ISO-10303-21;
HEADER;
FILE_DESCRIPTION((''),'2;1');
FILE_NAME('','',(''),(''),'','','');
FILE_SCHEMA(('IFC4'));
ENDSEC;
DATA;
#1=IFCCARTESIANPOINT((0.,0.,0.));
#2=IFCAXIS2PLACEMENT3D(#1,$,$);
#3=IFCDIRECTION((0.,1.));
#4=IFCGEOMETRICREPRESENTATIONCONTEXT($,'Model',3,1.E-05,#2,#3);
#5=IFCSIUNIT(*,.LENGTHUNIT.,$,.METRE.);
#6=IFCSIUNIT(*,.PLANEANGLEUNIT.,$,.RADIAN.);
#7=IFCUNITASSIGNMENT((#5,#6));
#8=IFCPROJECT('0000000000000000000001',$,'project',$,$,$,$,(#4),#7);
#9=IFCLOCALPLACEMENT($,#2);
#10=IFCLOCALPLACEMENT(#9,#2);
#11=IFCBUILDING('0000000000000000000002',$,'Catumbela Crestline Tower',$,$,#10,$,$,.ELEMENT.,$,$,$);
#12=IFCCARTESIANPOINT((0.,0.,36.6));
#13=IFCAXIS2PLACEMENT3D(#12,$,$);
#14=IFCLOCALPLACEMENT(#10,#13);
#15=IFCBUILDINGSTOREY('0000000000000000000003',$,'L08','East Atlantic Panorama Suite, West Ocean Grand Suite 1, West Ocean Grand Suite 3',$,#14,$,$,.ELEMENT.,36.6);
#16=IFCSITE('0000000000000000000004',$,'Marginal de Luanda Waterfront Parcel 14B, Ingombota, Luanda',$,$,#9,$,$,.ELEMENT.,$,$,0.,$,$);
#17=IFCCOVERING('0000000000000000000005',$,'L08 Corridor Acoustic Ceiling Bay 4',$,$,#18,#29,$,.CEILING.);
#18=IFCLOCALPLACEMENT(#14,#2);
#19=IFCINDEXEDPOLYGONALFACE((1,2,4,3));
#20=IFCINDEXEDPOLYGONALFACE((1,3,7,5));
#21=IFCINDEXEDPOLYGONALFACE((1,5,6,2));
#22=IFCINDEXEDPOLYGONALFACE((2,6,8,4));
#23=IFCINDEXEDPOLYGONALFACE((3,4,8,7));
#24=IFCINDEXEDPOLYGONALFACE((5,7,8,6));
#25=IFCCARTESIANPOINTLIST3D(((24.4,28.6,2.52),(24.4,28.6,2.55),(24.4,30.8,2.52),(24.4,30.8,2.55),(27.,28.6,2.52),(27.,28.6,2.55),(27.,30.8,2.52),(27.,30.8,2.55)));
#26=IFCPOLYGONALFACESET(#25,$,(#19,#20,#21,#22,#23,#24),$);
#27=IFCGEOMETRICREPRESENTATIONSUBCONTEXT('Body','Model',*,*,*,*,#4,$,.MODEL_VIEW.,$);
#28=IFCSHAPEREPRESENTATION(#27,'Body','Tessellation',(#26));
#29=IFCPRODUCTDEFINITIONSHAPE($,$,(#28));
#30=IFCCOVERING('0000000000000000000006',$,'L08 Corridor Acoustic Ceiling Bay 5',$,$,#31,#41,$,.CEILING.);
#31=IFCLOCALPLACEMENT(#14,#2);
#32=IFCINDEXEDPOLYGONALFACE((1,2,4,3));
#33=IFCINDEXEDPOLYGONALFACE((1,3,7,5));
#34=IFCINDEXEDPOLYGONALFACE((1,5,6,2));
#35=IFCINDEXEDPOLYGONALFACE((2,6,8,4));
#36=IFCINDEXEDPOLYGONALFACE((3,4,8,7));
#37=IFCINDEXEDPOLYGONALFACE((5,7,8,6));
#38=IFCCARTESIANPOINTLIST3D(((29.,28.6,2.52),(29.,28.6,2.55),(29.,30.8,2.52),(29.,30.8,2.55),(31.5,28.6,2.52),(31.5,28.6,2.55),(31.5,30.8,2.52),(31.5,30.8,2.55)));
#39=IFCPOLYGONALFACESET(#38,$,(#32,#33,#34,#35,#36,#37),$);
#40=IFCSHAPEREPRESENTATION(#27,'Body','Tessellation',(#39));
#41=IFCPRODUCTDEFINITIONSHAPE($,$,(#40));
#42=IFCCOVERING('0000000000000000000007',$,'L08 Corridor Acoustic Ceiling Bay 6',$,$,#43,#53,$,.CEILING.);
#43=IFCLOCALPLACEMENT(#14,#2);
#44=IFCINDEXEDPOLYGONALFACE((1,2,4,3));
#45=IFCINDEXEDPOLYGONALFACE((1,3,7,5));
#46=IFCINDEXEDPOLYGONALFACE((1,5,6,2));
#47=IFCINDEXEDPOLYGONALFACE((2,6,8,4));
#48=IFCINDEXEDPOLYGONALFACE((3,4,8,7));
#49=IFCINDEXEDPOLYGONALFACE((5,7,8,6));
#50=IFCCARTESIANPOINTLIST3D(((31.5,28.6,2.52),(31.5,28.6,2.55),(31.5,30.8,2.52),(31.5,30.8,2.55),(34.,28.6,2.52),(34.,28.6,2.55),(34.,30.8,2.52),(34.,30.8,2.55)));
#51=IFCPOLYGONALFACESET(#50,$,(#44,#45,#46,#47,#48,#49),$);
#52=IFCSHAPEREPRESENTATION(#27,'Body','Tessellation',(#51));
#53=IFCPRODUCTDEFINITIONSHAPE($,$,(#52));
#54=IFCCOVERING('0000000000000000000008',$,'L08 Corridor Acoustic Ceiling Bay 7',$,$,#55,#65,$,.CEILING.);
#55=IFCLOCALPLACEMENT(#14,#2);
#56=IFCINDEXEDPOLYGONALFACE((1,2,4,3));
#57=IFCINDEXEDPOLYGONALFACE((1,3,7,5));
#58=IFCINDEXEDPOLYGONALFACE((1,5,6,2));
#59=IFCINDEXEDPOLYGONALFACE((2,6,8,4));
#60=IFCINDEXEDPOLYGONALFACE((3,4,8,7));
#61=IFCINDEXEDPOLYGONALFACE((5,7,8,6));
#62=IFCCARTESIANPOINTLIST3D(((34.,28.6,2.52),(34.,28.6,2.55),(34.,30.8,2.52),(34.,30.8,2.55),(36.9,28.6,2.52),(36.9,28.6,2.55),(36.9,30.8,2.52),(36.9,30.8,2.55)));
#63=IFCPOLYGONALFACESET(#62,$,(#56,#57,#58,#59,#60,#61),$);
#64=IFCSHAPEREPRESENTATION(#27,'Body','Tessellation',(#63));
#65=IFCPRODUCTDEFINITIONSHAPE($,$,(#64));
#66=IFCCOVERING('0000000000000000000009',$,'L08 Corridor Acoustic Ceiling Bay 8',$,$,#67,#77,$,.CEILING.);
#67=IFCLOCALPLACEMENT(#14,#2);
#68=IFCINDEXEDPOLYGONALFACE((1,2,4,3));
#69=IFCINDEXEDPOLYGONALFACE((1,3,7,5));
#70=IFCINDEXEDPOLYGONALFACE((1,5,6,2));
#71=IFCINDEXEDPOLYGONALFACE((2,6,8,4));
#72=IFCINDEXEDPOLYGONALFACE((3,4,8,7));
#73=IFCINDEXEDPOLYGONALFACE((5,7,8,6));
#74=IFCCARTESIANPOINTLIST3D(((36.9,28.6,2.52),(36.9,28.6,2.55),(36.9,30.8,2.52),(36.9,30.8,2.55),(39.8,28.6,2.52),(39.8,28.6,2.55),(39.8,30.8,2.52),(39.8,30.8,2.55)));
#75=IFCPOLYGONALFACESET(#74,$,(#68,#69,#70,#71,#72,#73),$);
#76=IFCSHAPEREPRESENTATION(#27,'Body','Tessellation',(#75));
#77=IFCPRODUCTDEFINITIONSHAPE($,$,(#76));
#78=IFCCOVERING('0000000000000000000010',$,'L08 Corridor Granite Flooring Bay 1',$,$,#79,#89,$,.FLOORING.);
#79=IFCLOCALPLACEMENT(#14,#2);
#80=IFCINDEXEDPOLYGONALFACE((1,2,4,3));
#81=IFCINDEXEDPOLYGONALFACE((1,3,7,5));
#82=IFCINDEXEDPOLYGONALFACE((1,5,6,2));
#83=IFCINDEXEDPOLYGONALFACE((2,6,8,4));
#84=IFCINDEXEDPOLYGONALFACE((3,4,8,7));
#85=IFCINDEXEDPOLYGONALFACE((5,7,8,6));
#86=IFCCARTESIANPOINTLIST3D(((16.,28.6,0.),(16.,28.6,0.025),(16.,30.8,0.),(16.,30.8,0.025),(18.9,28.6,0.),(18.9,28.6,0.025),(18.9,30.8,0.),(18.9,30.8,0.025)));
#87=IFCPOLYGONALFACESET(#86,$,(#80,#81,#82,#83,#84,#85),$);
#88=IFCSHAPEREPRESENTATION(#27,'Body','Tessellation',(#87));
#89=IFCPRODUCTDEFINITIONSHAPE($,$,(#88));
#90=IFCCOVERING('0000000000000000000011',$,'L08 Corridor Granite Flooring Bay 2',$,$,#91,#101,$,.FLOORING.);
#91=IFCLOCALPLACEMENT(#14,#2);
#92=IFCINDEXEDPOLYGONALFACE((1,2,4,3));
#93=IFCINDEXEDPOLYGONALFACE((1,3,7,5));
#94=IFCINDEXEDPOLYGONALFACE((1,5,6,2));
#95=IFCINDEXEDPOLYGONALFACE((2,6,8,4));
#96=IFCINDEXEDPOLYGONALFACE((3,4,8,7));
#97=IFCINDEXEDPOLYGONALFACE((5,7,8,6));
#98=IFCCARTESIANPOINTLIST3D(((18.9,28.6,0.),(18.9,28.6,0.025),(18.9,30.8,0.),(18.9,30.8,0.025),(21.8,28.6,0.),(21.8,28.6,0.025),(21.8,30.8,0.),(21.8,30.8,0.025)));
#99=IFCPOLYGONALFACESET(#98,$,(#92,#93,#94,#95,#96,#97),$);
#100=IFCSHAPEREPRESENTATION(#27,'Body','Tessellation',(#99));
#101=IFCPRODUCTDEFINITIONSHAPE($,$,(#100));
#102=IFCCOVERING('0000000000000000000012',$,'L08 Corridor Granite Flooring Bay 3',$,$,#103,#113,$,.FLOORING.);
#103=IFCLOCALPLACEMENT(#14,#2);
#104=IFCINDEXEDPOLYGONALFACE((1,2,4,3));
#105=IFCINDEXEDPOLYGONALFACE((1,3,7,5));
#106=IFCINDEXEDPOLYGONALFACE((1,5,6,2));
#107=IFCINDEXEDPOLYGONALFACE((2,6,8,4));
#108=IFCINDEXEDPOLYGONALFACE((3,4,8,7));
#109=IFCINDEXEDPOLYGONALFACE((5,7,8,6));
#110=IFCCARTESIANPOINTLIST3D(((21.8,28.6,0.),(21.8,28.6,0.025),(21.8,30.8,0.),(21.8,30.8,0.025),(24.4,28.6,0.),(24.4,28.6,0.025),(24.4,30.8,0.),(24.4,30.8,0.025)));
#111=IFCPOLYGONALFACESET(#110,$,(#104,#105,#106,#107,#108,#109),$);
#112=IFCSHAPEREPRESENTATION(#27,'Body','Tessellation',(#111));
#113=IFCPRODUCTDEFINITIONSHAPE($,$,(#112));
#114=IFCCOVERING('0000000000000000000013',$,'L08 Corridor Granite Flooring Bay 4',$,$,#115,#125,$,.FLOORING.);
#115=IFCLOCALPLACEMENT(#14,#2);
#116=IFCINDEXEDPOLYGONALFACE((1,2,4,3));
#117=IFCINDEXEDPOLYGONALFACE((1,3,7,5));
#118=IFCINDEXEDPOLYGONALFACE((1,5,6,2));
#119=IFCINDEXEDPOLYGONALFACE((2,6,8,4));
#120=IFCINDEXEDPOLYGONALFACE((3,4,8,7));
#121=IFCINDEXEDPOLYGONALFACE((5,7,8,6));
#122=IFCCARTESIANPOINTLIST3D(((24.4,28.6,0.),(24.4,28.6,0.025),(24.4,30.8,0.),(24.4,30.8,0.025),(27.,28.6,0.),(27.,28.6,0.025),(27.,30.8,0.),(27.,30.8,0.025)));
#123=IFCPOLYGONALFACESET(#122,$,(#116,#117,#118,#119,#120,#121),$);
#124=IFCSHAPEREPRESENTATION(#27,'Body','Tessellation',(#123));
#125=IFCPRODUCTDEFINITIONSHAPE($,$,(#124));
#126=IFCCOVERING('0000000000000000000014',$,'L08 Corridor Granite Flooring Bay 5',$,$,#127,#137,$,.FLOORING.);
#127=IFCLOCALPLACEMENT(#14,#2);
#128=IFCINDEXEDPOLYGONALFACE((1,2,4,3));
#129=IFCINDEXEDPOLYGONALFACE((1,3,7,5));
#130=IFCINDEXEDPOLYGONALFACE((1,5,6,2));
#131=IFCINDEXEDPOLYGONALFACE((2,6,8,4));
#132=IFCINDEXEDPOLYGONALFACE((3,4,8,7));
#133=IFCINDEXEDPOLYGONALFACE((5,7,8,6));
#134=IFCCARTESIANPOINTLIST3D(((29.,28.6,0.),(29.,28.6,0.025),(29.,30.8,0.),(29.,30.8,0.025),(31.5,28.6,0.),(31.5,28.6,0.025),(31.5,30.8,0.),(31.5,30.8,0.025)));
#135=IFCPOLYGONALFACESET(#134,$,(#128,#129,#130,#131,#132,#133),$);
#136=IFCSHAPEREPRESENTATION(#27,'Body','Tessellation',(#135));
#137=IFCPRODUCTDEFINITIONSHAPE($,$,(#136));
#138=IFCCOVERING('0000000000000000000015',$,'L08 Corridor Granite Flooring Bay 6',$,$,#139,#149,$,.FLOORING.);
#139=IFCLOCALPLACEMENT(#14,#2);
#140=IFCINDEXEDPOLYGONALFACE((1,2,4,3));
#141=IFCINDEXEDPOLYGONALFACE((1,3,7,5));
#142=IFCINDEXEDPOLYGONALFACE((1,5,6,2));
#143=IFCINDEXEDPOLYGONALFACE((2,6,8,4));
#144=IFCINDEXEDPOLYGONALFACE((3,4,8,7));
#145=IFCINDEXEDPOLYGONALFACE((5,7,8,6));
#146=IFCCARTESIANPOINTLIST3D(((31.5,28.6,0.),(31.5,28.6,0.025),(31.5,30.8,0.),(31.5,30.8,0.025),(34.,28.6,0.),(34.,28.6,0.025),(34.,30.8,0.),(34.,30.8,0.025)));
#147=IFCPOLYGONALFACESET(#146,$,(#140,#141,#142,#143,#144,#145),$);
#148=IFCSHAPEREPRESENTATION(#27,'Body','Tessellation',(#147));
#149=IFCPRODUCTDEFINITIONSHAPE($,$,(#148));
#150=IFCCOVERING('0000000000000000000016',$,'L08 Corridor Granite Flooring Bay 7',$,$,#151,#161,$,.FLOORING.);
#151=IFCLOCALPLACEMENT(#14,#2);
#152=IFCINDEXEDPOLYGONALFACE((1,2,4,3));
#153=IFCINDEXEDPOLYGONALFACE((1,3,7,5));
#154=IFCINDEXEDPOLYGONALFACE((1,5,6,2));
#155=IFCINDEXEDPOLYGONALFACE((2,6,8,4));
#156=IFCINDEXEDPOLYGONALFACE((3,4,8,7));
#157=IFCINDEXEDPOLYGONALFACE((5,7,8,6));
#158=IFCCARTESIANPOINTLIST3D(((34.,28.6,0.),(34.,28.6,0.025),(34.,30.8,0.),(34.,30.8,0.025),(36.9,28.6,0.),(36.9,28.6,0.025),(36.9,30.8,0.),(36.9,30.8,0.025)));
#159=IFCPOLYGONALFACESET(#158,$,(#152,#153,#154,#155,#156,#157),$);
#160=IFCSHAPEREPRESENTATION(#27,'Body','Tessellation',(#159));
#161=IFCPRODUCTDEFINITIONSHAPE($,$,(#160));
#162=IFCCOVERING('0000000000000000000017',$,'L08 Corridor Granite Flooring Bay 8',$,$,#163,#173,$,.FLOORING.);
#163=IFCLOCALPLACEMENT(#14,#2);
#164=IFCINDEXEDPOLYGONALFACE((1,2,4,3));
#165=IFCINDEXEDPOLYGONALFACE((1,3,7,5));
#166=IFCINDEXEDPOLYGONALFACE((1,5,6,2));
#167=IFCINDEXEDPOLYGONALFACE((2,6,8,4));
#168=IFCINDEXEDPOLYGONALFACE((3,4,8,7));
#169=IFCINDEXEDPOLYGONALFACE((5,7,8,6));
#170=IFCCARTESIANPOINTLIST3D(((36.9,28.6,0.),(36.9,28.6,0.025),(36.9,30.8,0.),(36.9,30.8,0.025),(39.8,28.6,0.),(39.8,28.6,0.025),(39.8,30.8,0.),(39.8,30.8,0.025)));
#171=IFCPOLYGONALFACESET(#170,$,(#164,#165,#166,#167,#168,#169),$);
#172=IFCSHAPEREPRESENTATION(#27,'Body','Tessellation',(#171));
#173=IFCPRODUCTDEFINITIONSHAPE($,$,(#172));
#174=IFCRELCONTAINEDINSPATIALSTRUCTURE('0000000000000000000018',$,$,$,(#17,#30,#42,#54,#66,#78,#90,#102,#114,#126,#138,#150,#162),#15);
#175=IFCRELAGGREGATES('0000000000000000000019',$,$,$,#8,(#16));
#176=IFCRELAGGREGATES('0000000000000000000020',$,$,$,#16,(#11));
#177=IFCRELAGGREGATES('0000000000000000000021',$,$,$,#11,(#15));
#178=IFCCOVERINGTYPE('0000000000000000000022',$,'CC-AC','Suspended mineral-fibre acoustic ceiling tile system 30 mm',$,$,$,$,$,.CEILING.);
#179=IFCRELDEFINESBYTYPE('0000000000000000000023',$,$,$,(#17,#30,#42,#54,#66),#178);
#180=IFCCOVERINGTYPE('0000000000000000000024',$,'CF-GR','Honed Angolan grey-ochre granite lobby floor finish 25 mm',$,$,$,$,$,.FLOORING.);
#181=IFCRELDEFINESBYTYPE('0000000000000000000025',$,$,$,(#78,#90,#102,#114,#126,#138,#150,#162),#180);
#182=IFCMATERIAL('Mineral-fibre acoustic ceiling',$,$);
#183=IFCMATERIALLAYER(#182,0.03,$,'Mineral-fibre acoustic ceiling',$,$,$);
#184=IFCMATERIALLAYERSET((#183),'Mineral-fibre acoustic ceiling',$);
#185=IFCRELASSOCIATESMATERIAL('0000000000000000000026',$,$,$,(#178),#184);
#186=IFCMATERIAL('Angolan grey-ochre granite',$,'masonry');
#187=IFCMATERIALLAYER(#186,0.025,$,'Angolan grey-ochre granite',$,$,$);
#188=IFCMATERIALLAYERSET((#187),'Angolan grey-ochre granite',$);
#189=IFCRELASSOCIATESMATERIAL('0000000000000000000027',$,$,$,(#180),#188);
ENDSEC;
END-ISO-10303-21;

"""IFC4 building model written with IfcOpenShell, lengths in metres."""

from ifc_helpers import new_model, si_unit, direction, frame, origin, place, context, subcontext, project, spatial, polyline, outline, extrude, material, layer, layer_set, type_object, element, save


model = new_model("IFC4")

# Units and contexts
model_context = context("Model", 3, precision=1e-05, world=origin(), true_north=direction((0.0, 1.0)))
body_context = subcontext(model_context, "Body", "Model", "MODEL_VIEW")
ifc_project = project(units=[si_unit("LENGTHUNIT", "METRE"), si_unit("PLANEANGLEUNIT", "RADIAN")], contexts=[model_context])

# Site, building, storey
site_placement = place(None, origin())
site = spatial("IfcSite", under=ifc_project, at=site_placement, Name="Marginal de Luanda Waterfront Parcel 14B, Ingombota, Luanda", CompositionType="ELEMENT", RefElevation=0.0)
building_placement = place(site_placement, origin())
building = spatial("IfcBuilding", under=site, at=building_placement, Name="Catumbela Crestline Tower", CompositionType="ELEMENT")
storey_placement = place(building_placement, frame((0.0, 0.0, 36.6)))
storey = spatial("IfcBuildingStorey", under=building, at=storey_placement, Name="L08", Description="East Atlantic Panorama Suite, West Ocean Grand Suite 1, West Ocean Grand Suite 3", CompositionType="ELEMENT", Elevation=36.6)

# Shared definitions
ifc_material_1 = material(Name="Angolan grey-ochre granite", Category="masonry")

# Coverings
ifc_material_2 = material(Name="Mineral-fibre acoustic ceiling")
ifc_layer_1 = layer(ifc_material_2, 0.03, Name="Mineral-fibre acoustic ceiling")
ifc_layer_set_1 = layer_set([ifc_layer_1], Name="Mineral-fibre acoustic ceiling")
covering_type_1 = type_object("IfcCoveringType", Name="CC-AC", Description="Suspended mineral-fibre acoustic ceiling tile system 30 mm", PredefinedType="CEILING", material=ifc_layer_set_1)
covering_1_placement = place(storey_placement, frame((0.0, 0.0, 2.52)))
element("IfcCovering", 1, at=covering_1_placement, inside=storey, type_object=covering_type_1, Name="L08 Corridor Acoustic Ceiling Bay 4", PredefinedType="CEILING", context=body_context, shape_type="SweptSolid", body=[
    extrude(outline(polyline([(24.4, 28.6), (27.0, 28.6), (27.0, 30.8), (24.4, 30.8), (24.4, 28.6)])), origin(), (0.0, 0.0, 1.0), 0.03),
])
covering_2_placement = place(storey_placement, frame((0.0, 0.0, 2.52)))
element("IfcCovering", 2, at=covering_2_placement, inside=storey, type_object=covering_type_1, Name="L08 Corridor Acoustic Ceiling Bay 5", PredefinedType="CEILING", context=body_context, shape_type="SweptSolid", body=[
    extrude(outline(polyline([(29.0, 28.6), (31.5, 28.6), (31.5, 30.8), (29.0, 30.8), (29.0, 28.6)])), origin(), (0.0, 0.0, 1.0), 0.03),
])
covering_3_placement = place(storey_placement, frame((0.0, 0.0, 2.52)))
element("IfcCovering", 3, at=covering_3_placement, inside=storey, type_object=covering_type_1, Name="L08 Corridor Acoustic Ceiling Bay 6", PredefinedType="CEILING", context=body_context, shape_type="SweptSolid", body=[
    extrude(outline(polyline([(31.5, 28.6), (34.0, 28.6), (34.0, 30.8), (31.5, 30.8), (31.5, 28.6)])), origin(), (0.0, 0.0, 1.0), 0.03),
])
covering_4_placement = place(storey_placement, frame((0.0, 0.0, 2.52)))
element("IfcCovering", 4, at=covering_4_placement, inside=storey, type_object=covering_type_1, Name="L08 Corridor Acoustic Ceiling Bay 7", PredefinedType="CEILING", context=body_context, shape_type="SweptSolid", body=[
    extrude(outline(polyline([(34.0, 28.6), (36.9, 28.6), (36.9, 30.8), (34.0, 30.8), (34.0, 28.6)])), origin(), (0.0, 0.0, 1.0), 0.03),
])
covering_5_placement = place(storey_placement, frame((0.0, 0.0, 2.52)))
element("IfcCovering", 5, at=covering_5_placement, inside=storey, type_object=covering_type_1, Name="L08 Corridor Acoustic Ceiling Bay 8", PredefinedType="CEILING", context=body_context, shape_type="SweptSolid", body=[
    extrude(outline(polyline([(36.9, 28.6), (39.8, 28.6), (39.8, 30.8), (36.9, 30.8), (36.9, 28.6)])), origin(), (0.0, 0.0, 1.0), 0.03),
])
ifc_layer_2 = layer(ifc_material_1, 0.025, Name="Angolan grey-ochre granite")
ifc_layer_set_2 = layer_set([ifc_layer_2], Name="Angolan grey-ochre granite")
covering_type_2 = type_object("IfcCoveringType", Name="CF-GR", Description="Honed Angolan grey-ochre granite lobby floor finish 25 mm", PredefinedType="FLOORING", material=ifc_layer_set_2)
covering_6_placement = place(storey_placement, origin())
element("IfcCovering", 6, at=covering_6_placement, inside=storey, type_object=covering_type_2, Name="L08 Corridor Granite Flooring Bay 1", PredefinedType="FLOORING", context=body_context, shape_type="SweptSolid", body=[
    extrude(outline(polyline([(16.0, 28.6), (18.9, 28.6), (18.9, 30.8), (16.0, 30.8), (16.0, 28.6)])), origin(), (0.0, 0.0, 1.0), 0.025),
])
covering_7_placement = place(storey_placement, origin())
element("IfcCovering", 7, at=covering_7_placement, inside=storey, type_object=covering_type_2, Name="L08 Corridor Granite Flooring Bay 2", PredefinedType="FLOORING", context=body_context, shape_type="SweptSolid", body=[
    extrude(outline(polyline([(18.9, 28.6), (21.8, 28.6), (21.8, 30.8), (18.9, 30.8), (18.9, 28.6)])), origin(), (0.0, 0.0, 1.0), 0.025),
])
covering_8_placement = place(storey_placement, origin())
element("IfcCovering", 8, at=covering_8_placement, inside=storey, type_object=covering_type_2, Name="L08 Corridor Granite Flooring Bay 3", PredefinedType="FLOORING", context=body_context, shape_type="SweptSolid", body=[
    extrude(outline(polyline([(21.8, 28.6), (24.4, 28.6), (24.4, 30.8), (21.8, 30.8), (21.8, 28.6)])), origin(), (0.0, 0.0, 1.0), 0.025),
])
covering_9_placement = place(storey_placement, origin())
element("IfcCovering", 9, at=covering_9_placement, inside=storey, type_object=covering_type_2, Name="L08 Corridor Granite Flooring Bay 4", PredefinedType="FLOORING", context=body_context, shape_type="SweptSolid", body=[
    extrude(outline(polyline([(24.4, 28.6), (27.0, 28.6), (27.0, 30.8), (24.4, 30.8), (24.4, 28.6)])), origin(), (0.0, 0.0, 1.0), 0.025),
])
covering_10_placement = place(storey_placement, origin())
element("IfcCovering", 10, at=covering_10_placement, inside=storey, type_object=covering_type_2, Name="L08 Corridor Granite Flooring Bay 5", PredefinedType="FLOORING", context=body_context, shape_type="SweptSolid", body=[
    extrude(outline(polyline([(29.0, 28.6), (31.5, 28.6), (31.5, 30.8), (29.0, 30.8), (29.0, 28.6)])), origin(), (0.0, 0.0, 1.0), 0.025),
])
covering_11_placement = place(storey_placement, origin())
element("IfcCovering", 11, at=covering_11_placement, inside=storey, type_object=covering_type_2, Name="L08 Corridor Granite Flooring Bay 6", PredefinedType="FLOORING", context=body_context, shape_type="SweptSolid", body=[
    extrude(outline(polyline([(31.5, 28.6), (34.0, 28.6), (34.0, 30.8), (31.5, 30.8), (31.5, 28.6)])), origin(), (0.0, 0.0, 1.0), 0.025),
])
covering_12_placement = place(storey_placement, origin())
element("IfcCovering", 12, at=covering_12_placement, inside=storey, type_object=covering_type_2, Name="L08 Corridor Granite Flooring Bay 7", PredefinedType="FLOORING", context=body_context, shape_type="SweptSolid", body=[
    extrude(outline(polyline([(34.0, 28.6), (36.9, 28.6), (36.9, 30.8), (34.0, 30.8), (34.0, 28.6)])), origin(), (0.0, 0.0, 1.0), 0.025),
])
covering_13_placement = place(storey_placement, origin())
element("IfcCovering", 13, at=covering_13_placement, inside=storey, type_object=covering_type_2, Name="L08 Corridor Granite Flooring Bay 8", PredefinedType="FLOORING", context=body_context, shape_type="SweptSolid", body=[
    extrude(outline(polyline([(36.9, 28.6), (39.8, 28.6), (39.8, 30.8), (36.9, 30.8), (36.9, 28.6)])), origin(), (0.0, 0.0, 1.0), 0.025),
])

save(model, "model.ifc")
